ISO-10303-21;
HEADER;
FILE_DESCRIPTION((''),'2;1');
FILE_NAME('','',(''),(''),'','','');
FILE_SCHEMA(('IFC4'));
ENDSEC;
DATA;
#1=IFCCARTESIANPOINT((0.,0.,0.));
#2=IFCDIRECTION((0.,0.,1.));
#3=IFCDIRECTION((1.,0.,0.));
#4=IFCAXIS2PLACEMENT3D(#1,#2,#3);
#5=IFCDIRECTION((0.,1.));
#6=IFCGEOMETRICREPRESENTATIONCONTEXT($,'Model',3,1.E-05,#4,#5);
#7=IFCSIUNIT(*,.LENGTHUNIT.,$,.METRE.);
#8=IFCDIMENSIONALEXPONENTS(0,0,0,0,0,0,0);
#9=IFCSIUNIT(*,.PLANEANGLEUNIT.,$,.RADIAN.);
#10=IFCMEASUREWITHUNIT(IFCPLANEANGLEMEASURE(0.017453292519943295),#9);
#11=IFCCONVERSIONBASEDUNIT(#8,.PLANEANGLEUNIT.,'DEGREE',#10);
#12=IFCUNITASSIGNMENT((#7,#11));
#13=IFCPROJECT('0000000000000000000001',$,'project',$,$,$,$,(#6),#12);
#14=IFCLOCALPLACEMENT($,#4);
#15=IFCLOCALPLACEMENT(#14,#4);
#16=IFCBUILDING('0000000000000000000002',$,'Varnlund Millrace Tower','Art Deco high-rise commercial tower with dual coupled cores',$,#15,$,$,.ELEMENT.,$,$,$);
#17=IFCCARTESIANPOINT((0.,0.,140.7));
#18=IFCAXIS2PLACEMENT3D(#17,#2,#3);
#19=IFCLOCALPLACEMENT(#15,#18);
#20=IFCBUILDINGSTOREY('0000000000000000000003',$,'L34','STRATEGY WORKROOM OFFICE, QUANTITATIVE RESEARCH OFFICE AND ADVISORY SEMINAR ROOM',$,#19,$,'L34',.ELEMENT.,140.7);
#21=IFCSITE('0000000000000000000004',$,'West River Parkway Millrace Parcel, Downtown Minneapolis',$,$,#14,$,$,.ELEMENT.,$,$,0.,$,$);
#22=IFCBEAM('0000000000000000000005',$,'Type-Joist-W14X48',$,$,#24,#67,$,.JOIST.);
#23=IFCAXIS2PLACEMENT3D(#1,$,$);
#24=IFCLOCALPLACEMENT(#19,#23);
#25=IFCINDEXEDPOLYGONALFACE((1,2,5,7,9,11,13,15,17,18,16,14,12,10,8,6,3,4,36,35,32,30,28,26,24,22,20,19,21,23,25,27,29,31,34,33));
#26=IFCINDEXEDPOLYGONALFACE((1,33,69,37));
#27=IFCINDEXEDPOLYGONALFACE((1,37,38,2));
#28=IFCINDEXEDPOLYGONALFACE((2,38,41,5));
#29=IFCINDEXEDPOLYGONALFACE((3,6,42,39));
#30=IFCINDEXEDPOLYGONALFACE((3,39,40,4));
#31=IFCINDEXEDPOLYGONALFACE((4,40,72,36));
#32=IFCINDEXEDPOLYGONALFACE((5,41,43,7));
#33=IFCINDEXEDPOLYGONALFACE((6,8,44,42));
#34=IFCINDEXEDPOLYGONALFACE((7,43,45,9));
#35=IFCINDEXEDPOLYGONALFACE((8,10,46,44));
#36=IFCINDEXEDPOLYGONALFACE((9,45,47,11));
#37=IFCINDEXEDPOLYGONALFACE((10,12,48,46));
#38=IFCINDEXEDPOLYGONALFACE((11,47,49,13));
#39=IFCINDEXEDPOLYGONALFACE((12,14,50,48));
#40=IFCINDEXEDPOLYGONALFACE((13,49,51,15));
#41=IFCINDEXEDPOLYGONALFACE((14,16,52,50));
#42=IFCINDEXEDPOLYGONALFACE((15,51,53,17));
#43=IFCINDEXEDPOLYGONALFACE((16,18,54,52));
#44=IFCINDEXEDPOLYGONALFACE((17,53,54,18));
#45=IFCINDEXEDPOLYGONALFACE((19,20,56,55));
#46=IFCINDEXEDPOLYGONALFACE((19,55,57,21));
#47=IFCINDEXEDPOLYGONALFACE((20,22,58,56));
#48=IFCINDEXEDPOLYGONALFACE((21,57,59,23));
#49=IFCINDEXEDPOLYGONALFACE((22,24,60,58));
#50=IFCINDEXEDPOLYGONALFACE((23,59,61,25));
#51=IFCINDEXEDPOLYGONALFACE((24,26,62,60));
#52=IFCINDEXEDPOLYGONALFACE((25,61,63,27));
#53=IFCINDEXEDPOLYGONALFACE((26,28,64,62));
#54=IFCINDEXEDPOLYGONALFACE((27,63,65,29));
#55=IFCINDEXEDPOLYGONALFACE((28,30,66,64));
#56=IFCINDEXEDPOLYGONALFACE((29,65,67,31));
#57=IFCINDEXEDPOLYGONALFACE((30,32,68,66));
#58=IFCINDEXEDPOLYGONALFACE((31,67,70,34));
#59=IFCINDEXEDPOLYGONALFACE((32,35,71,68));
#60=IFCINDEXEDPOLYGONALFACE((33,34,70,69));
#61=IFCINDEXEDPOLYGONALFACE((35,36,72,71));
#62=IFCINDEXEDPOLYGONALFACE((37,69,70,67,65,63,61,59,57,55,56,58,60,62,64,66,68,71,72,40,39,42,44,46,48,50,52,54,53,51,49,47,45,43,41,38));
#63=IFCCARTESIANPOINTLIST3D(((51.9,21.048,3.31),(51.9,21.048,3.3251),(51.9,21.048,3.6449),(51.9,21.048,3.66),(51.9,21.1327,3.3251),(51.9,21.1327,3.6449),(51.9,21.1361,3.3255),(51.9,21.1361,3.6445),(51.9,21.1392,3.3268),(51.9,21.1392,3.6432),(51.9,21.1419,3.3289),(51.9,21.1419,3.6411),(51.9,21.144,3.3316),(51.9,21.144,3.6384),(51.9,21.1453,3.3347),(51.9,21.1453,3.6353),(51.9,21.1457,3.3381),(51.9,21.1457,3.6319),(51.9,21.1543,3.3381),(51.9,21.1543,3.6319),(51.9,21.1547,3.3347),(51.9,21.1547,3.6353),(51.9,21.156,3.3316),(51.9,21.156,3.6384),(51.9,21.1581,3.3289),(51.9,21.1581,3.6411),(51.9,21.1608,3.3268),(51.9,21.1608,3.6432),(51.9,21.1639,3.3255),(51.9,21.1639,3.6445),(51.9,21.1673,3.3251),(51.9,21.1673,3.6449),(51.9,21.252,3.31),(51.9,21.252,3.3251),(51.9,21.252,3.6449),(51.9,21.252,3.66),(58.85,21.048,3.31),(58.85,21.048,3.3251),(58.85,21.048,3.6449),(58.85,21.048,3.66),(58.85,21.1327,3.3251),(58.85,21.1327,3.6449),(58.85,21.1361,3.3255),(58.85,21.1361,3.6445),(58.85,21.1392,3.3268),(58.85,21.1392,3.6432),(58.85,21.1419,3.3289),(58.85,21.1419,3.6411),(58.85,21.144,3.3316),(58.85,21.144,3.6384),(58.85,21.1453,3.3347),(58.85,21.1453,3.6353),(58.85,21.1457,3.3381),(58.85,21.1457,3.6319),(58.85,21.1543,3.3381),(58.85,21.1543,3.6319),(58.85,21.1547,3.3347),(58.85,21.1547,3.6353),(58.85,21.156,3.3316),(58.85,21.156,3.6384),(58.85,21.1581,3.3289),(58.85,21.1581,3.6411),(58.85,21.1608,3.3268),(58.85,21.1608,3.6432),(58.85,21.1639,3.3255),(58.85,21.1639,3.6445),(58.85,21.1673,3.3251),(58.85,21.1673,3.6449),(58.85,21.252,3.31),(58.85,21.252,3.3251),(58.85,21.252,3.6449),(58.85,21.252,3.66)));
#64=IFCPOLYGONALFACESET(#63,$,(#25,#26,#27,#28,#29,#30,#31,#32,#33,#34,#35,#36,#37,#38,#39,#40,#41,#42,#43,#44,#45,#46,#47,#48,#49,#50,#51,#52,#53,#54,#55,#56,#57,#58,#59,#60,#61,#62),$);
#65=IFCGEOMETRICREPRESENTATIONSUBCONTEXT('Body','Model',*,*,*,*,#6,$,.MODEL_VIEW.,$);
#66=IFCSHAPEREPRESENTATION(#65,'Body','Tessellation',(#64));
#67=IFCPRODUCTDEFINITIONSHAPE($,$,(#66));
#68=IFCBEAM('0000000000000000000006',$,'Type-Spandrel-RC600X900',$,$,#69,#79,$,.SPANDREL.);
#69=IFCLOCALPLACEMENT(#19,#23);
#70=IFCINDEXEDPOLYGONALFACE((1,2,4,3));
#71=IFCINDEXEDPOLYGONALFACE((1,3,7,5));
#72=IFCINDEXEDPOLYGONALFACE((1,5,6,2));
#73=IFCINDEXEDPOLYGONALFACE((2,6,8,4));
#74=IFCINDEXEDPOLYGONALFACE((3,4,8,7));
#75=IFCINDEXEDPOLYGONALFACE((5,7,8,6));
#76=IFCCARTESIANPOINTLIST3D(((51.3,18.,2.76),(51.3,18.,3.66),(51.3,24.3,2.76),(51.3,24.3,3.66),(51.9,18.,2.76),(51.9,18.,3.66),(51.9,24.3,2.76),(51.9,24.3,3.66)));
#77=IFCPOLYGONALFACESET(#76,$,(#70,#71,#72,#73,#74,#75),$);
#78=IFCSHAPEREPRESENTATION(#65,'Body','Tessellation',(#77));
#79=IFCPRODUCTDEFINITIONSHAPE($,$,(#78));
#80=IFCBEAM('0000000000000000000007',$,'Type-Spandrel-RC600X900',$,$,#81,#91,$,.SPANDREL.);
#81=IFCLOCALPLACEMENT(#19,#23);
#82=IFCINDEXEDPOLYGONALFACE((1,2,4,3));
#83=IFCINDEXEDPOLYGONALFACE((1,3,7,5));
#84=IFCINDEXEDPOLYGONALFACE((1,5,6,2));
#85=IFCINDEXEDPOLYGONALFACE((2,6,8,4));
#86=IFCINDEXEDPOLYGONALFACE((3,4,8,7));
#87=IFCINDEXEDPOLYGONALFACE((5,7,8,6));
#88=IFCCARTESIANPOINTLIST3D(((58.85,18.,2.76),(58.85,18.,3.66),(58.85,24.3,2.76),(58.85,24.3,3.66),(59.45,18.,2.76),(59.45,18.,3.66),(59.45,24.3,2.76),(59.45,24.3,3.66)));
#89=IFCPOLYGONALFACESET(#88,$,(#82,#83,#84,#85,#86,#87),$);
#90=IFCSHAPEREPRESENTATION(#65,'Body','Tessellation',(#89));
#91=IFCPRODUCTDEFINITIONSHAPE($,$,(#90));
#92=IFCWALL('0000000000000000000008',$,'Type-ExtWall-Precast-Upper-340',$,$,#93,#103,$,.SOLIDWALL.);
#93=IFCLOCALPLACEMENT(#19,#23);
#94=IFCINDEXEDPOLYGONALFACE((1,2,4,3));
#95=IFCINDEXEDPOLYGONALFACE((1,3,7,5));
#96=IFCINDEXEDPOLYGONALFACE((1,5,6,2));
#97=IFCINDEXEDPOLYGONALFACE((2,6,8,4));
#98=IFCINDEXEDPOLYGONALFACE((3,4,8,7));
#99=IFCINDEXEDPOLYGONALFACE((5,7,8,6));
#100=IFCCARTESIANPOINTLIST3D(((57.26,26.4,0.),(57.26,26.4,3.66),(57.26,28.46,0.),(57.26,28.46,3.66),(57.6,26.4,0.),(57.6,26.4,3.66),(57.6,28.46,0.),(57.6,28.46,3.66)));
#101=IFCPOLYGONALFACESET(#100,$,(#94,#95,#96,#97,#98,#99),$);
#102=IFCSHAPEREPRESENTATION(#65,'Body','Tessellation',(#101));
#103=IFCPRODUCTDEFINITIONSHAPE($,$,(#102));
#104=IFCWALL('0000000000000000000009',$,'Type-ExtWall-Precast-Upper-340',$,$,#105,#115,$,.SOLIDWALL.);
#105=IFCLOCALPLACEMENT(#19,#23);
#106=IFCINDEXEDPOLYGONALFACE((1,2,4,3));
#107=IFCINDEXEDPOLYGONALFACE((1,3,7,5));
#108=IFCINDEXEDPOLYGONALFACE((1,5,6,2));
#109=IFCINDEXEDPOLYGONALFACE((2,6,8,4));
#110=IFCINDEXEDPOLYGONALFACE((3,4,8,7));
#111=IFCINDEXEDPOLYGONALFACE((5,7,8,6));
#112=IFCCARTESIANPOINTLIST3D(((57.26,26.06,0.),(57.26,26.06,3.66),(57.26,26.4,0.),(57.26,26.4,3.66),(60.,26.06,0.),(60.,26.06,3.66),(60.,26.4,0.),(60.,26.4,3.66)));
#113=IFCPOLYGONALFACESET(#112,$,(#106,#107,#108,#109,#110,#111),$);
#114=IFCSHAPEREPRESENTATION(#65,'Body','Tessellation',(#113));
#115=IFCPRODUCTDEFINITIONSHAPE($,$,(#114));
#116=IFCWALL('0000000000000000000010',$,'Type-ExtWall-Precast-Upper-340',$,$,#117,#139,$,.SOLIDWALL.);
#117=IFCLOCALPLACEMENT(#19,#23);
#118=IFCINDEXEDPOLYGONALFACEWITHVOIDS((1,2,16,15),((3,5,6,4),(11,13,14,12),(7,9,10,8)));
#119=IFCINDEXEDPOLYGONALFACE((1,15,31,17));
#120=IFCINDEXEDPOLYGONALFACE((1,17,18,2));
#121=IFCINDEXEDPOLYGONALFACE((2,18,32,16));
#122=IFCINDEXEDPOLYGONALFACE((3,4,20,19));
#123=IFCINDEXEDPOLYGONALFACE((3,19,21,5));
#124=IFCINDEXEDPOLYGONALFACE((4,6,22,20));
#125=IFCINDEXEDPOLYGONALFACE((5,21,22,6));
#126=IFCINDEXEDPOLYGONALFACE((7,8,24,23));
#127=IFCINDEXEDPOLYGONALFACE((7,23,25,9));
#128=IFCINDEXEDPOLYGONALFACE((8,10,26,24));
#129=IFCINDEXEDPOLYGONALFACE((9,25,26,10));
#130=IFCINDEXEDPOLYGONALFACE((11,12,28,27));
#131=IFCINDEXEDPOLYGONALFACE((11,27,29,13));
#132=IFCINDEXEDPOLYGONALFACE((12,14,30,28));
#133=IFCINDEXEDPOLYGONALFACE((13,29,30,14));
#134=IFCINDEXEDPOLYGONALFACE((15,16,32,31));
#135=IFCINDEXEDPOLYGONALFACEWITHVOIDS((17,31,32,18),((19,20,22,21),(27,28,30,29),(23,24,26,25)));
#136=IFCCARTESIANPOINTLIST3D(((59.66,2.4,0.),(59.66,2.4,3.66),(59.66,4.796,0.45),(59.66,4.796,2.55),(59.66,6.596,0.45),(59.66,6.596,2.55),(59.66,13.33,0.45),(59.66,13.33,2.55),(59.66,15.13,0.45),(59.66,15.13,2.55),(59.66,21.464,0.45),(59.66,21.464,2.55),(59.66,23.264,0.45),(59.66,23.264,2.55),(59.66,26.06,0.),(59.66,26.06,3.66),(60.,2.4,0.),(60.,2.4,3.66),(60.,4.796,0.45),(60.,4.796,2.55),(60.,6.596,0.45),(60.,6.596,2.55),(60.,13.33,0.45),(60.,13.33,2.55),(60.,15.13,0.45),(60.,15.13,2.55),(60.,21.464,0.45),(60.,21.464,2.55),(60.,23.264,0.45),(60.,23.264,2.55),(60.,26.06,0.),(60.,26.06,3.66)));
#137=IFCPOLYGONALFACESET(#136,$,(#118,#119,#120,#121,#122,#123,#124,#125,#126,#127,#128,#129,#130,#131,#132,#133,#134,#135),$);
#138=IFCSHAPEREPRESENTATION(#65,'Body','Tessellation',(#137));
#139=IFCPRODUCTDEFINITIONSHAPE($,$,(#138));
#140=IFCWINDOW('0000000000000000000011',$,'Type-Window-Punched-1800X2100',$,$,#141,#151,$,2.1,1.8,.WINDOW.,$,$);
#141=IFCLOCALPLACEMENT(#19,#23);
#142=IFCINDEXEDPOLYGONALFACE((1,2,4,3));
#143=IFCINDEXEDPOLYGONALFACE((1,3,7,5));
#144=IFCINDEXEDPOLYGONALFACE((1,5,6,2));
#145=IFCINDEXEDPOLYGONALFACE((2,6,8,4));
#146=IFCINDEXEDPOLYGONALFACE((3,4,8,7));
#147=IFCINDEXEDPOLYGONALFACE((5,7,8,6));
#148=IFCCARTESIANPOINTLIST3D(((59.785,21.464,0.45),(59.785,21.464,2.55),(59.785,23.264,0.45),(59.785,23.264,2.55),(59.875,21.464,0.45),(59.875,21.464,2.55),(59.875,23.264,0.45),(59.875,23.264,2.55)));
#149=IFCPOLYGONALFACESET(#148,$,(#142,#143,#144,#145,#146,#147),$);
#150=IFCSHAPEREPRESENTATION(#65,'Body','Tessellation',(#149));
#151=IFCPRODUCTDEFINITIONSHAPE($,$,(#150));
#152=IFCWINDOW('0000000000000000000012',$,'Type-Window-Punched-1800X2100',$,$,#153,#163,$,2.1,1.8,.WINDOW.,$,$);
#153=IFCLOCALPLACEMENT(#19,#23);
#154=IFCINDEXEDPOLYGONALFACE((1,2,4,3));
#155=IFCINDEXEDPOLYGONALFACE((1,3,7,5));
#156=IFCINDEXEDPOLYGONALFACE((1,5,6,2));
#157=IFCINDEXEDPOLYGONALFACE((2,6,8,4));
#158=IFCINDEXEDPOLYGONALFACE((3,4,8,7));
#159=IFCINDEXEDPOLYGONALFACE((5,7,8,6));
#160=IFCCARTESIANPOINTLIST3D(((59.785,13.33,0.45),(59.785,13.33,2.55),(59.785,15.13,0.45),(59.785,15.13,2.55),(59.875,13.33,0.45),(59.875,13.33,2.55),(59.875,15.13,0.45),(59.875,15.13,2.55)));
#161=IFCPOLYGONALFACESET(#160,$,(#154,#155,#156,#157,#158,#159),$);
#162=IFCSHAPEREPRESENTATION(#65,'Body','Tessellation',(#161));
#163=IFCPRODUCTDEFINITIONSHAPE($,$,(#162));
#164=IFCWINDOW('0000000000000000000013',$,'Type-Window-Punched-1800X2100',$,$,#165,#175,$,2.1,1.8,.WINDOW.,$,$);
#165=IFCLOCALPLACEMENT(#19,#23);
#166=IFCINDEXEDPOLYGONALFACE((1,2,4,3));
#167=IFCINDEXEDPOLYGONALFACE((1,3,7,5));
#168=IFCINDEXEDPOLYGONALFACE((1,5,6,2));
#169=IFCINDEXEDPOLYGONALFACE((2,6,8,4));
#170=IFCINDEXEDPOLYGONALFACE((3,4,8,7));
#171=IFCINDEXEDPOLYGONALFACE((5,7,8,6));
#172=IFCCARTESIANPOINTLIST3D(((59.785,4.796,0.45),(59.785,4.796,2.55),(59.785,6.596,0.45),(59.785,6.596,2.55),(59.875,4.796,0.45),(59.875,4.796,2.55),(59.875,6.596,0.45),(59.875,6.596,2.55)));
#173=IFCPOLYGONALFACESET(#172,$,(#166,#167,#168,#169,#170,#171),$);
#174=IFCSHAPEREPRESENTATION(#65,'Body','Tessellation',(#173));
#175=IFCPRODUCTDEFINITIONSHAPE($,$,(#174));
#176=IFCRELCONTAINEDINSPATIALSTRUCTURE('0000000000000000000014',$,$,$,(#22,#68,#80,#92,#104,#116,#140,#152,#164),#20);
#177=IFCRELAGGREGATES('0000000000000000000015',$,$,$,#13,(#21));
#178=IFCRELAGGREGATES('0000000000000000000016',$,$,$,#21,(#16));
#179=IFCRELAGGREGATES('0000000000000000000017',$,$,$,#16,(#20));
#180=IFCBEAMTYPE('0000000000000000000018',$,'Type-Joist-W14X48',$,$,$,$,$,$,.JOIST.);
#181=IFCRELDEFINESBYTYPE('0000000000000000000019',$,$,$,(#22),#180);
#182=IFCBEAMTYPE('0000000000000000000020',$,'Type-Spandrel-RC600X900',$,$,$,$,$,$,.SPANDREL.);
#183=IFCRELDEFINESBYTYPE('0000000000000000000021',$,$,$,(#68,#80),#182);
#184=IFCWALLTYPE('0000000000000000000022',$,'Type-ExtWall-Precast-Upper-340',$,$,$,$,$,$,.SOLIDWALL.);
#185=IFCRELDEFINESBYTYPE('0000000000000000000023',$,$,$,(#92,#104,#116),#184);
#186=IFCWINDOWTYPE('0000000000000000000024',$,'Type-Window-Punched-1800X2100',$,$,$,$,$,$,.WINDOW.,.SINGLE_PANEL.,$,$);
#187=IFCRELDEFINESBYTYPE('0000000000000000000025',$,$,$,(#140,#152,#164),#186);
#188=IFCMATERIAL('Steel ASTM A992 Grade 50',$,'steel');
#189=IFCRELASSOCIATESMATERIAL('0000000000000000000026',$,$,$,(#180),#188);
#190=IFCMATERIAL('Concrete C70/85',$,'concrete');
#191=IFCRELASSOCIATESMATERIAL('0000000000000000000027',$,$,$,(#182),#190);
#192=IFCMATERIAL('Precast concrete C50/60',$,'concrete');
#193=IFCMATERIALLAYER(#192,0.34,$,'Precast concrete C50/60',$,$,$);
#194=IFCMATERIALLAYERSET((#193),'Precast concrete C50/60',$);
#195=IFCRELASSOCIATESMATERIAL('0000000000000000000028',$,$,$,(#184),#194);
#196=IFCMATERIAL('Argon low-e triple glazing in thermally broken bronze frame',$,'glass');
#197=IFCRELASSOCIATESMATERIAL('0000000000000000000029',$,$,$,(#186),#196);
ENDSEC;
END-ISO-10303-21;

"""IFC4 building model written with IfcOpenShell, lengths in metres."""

from ifc_helpers import new_model, entity, si_unit, converted_unit, direction, frame, origin_with_axes, origin_2d_with_axis, place, context, subcontext, project, spatial, polyline, rectangle, i_section, outline, extrude, material, layer, layer_set, material_profile, profile_set, type_object, element, fill, save


model = new_model("IFC4")

# Units and contexts
model_context = context("Model", 3, precision=1e-05, world=origin_with_axes(), true_north=direction((0.0, 1.0)))
body_context = subcontext(model_context, "Body", "Model", "MODEL_VIEW")
ifc_project = project(units=[si_unit("LENGTHUNIT", "METRE"), converted_unit("PLANEANGLEUNIT", "DEGREE", entity("IfcPlaneAngleMeasure", 0.017453292519943295), si_unit("PLANEANGLEUNIT", "RADIAN"), dimensions=[0, 0, 0, 0, 0, 0, 0])], contexts=[model_context])

# Site, building, storey
site_placement = place(None, origin_with_axes())
site = spatial("IfcSite", under=ifc_project, at=site_placement, Name="West River Parkway Millrace Parcel, Downtown Minneapolis", CompositionType="ELEMENT", RefElevation=0.0)
building_placement = place(site_placement, origin_with_axes())
building = spatial("IfcBuilding", under=site, at=building_placement, Name="Varnlund Millrace Tower", Description="Art Deco high-rise commercial tower with dual coupled cores", CompositionType="ELEMENT")
storey_placement = place(building_placement, frame((0.0, 0.0, 140.7), z_axis=(0.0, 0.0, 1.0), x_axis=(1.0, 0.0, 0.0)))
storey = spatial("IfcBuildingStorey", under=building, at=storey_placement, Name="L34", Description="STRATEGY WORKROOM OFFICE, QUANTITATIVE RESEARCH OFFICE AND ADVISORY SEMINAR ROOM", LongName="L34", CompositionType="ELEMENT", Elevation=140.7)

# Beams
ifc_material_1 = material(Name="Steel ASTM A992 Grade 50", Category="steel")
ifc_material_profile_1 = material_profile(ifc_material_1, i_section(OverallWidth=0.204, OverallDepth=0.35, WebThickness=0.0086, FlangeThickness=0.0151, FilletRadius=0.013, at=origin_2d_with_axis()), Name="Steel ASTM A992 Grade 50")
ifc_profile_set_1 = profile_set([ifc_material_profile_1], Name="Steel ASTM A992 Grade 50")
beam_type_1 = type_object("IfcBeamType", Name="Type-Joist-W14X48", PredefinedType="JOIST", material=ifc_profile_set_1)
for number, where, z_axis, x_axis, name in (
    (1, (51.9, 21.15, 3.485), (1.0, 0.0, 0.0), (0.0, 1.0, 0.0), "Type-Joist-W14X48"),
):
    element("IfcBeam", number, at=place(storey_placement, frame(where, z_axis=z_axis, x_axis=x_axis)), inside=storey, type_object=beam_type_1, Name=name, PredefinedType="JOIST", context=body_context, shape_type="SweptSolid", body=[
        extrude(i_section(OverallWidth=0.204, OverallDepth=0.35, WebThickness=0.0086, FlangeThickness=0.0151, FilletRadius=0.013, at=origin_2d_with_axis()), origin_with_axes(), (0.0, 0.0, 1.0), 6.95),
    ])
ifc_material_2 = material(Name="Concrete C70/85", Category="concrete")
ifc_material_profile_2 = material_profile(ifc_material_2, rectangle(XDim=0.6, YDim=0.9, at=origin_2d_with_axis()), Name="Concrete C70/85")
ifc_profile_set_2 = profile_set([ifc_material_profile_2], Name="Concrete C70/85")
beam_type_2 = type_object("IfcBeamType", Name="Type-Spandrel-RC600X900", PredefinedType="SPANDREL", material=ifc_profile_set_2)
for number, where, z_axis, x_axis, name in (
    (2, (51.6, 18.0, 3.21), (0.0, 1.0, 0.0), (-1.0, 0.0, 0.0), "Type-Spandrel-RC600X900"),
    (3, (59.15, 18.0, 3.21), (0.0, 1.0, 0.0), (-1.0, 0.0, 0.0), "Type-Spandrel-RC600X900"),
):
    element("IfcBeam", number, at=place(storey_placement, frame(where, z_axis=z_axis, x_axis=x_axis)), inside=storey, type_object=beam_type_2, Name=name, PredefinedType="SPANDREL", context=body_context, shape_type="SweptSolid", body=[
        extrude(rectangle(XDim=0.6, YDim=0.9, at=origin_2d_with_axis()), origin_with_axes(), (0.0, 0.0, 1.0), 6.3),
    ])

# Walls
ifc_material_3 = material(Name="Precast concrete C50/60", Category="concrete")
ifc_layer_1 = layer(ifc_material_3, 0.34, Name="Precast concrete C50/60")
ifc_layer_set_1 = layer_set([ifc_layer_1], Name="Precast concrete C50/60")
wall_type_1 = type_object("IfcWallType", Name="Type-ExtWall-Precast-Upper-340", PredefinedType="SOLIDWALL", material=ifc_layer_set_1)
wall_1_placement = place(storey_placement, frame((57.43, 28.46, 0.0), z_axis=(0.0, 0.0, 1.0), x_axis=(0.0, -1.0, 0.0)))
element("IfcWall", 4, at=wall_1_placement, inside=storey, type_object=wall_type_1, Name="Type-ExtWall-Precast-Upper-340", PredefinedType="SOLIDWALL", context=body_context, shape_type="SweptSolid", body=[
    extrude(outline(polyline([(0.0, -0.17), (2.06, -0.17), (2.06, 0.17), (0.0, 0.17), (0.0, -0.17)])), origin_with_axes(), (0.0, 0.0, 1.0), 3.66),
])
wall_2_placement = place(storey_placement, frame((57.26, 26.23, 0.0), z_axis=(0.0, 0.0, 1.0), x_axis=(1.0, 0.0, 0.0)))
element("IfcWall", 5, at=wall_2_placement, inside=storey, type_object=wall_type_1, Name="Type-ExtWall-Precast-Upper-340", PredefinedType="SOLIDWALL", context=body_context, shape_type="SweptSolid", body=[
    extrude(outline(polyline([(0.0, -0.17), (2.74, -0.17), (2.74, 0.17), (0.0, 0.17), (0.0, -0.17)])), origin_with_axes(), (0.0, 0.0, 1.0), 3.66),
])

# Wall, openings, windows
wall_3_placement = place(storey_placement, frame((59.83, 26.06, 0.0), z_axis=(0.0, 0.0, 1.0), x_axis=(0.0, -1.0, 0.0)))
wall_3 = element("IfcWall", 6, at=wall_3_placement, inside=storey, type_object=wall_type_1, Name="Type-ExtWall-Precast-Upper-340", PredefinedType="SOLIDWALL", context=body_context, shape_type="SweptSolid", body=[
    extrude(outline(polyline([(0.0, -0.17), (23.66, -0.17), (23.66, 0.17), (0.0, 0.17), (0.0, -0.17)])), origin_with_axes(), (0.0, 0.0, 1.0), 3.66),
])
opening_1_placement = place(wall_3_placement, frame((3.696, 0.0, 0.45), z_axis=(0.0, 0.0, 1.0), x_axis=(1.0, 0.0, 0.0)))
opening_1 = element("IfcOpeningElement", 7, at=opening_1_placement, cuts=wall_3, PredefinedType="OPENING", context=body_context, shape_type="SweptSolid", body=[
    extrude(rectangle(XDim=1.8, YDim=0.36, at=origin_2d_with_axis()), origin_with_axes(), (0.0, 0.0, 1.0), 2.1),
])
opening_2_placement = place(wall_3_placement, frame((11.83, 0.0, 0.45), z_axis=(0.0, 0.0, 1.0), x_axis=(1.0, 0.0, 0.0)))
opening_2 = element("IfcOpeningElement", 8, at=opening_2_placement, cuts=wall_3, PredefinedType="OPENING", context=body_context, shape_type="SweptSolid", body=[
    extrude(rectangle(XDim=1.8, YDim=0.36, at=origin_2d_with_axis()), origin_with_axes(), (0.0, 0.0, 1.0), 2.1),
])
opening_3_placement = place(wall_3_placement, frame((20.364, 0.0, 0.45), z_axis=(0.0, 0.0, 1.0), x_axis=(1.0, 0.0, 0.0)))
opening_3 = element("IfcOpeningElement", 9, at=opening_3_placement, cuts=wall_3, PredefinedType="OPENING", context=body_context, shape_type="SweptSolid", body=[
    extrude(rectangle(XDim=1.8, YDim=0.36, at=origin_2d_with_axis()), origin_with_axes(), (0.0, 0.0, 1.0), 2.1),
])
ifc_material_4 = material(Name="Argon low-e triple glazing in thermally broken bronze frame", Category="glass")
window_type = type_object("IfcWindowType", Name="Type-Window-Punched-1800X2100", PartitioningType="SINGLE_PANEL", PredefinedType="WINDOW", material=ifc_material_4)
window_1_placement = place(wall_3_placement, frame((3.696, 0.0, 0.45), z_axis=(0.0, 0.0, 1.0), x_axis=(1.0, 0.0, 0.0)))
window_1 = element("IfcWindow", 10, at=window_1_placement, inside=storey, type_object=window_type, Name="Type-Window-Punched-1800X2100", OverallHeight=2.1, OverallWidth=1.8, PredefinedType="WINDOW", context=body_context, shape_type="SweptSolid", body=[
    extrude(rectangle(XDim=1.8, YDim=0.09, at=origin_2d_with_axis()), origin_with_axes(), (0.0, 0.0, 1.0), 2.1),
])
fill(opening_1, window_1)
window_2_placement = place(wall_3_placement, frame((11.83, 0.0, 0.45), z_axis=(0.0, 0.0, 1.0), x_axis=(1.0, 0.0, 0.0)))
window_2 = element("IfcWindow", 11, at=window_2_placement, inside=storey, type_object=window_type, Name="Type-Window-Punched-1800X2100", OverallHeight=2.1, OverallWidth=1.8, PredefinedType="WINDOW", context=body_context, shape_type="SweptSolid", body=[
    extrude(rectangle(XDim=1.8, YDim=0.09, at=origin_2d_with_axis()), origin_with_axes(), (0.0, 0.0, 1.0), 2.1),
])
fill(opening_2, window_2)
window_3_placement = place(wall_3_placement, frame((20.364, 0.0, 0.45), z_axis=(0.0, 0.0, 1.0), x_axis=(1.0, 0.0, 0.0)))
window_3 = element("IfcWindow", 12, at=window_3_placement, inside=storey, type_object=window_type, Name="Type-Window-Punched-1800X2100", OverallHeight=2.1, OverallWidth=1.8, PredefinedType="WINDOW", context=body_context, shape_type="SweptSolid", body=[
    extrude(rectangle(XDim=1.8, YDim=0.09, at=origin_2d_with_axis()), origin_with_axes(), (0.0, 0.0, 1.0), 2.1),
])
fill(opening_3, window_3)

save(model, "model.ifc")
